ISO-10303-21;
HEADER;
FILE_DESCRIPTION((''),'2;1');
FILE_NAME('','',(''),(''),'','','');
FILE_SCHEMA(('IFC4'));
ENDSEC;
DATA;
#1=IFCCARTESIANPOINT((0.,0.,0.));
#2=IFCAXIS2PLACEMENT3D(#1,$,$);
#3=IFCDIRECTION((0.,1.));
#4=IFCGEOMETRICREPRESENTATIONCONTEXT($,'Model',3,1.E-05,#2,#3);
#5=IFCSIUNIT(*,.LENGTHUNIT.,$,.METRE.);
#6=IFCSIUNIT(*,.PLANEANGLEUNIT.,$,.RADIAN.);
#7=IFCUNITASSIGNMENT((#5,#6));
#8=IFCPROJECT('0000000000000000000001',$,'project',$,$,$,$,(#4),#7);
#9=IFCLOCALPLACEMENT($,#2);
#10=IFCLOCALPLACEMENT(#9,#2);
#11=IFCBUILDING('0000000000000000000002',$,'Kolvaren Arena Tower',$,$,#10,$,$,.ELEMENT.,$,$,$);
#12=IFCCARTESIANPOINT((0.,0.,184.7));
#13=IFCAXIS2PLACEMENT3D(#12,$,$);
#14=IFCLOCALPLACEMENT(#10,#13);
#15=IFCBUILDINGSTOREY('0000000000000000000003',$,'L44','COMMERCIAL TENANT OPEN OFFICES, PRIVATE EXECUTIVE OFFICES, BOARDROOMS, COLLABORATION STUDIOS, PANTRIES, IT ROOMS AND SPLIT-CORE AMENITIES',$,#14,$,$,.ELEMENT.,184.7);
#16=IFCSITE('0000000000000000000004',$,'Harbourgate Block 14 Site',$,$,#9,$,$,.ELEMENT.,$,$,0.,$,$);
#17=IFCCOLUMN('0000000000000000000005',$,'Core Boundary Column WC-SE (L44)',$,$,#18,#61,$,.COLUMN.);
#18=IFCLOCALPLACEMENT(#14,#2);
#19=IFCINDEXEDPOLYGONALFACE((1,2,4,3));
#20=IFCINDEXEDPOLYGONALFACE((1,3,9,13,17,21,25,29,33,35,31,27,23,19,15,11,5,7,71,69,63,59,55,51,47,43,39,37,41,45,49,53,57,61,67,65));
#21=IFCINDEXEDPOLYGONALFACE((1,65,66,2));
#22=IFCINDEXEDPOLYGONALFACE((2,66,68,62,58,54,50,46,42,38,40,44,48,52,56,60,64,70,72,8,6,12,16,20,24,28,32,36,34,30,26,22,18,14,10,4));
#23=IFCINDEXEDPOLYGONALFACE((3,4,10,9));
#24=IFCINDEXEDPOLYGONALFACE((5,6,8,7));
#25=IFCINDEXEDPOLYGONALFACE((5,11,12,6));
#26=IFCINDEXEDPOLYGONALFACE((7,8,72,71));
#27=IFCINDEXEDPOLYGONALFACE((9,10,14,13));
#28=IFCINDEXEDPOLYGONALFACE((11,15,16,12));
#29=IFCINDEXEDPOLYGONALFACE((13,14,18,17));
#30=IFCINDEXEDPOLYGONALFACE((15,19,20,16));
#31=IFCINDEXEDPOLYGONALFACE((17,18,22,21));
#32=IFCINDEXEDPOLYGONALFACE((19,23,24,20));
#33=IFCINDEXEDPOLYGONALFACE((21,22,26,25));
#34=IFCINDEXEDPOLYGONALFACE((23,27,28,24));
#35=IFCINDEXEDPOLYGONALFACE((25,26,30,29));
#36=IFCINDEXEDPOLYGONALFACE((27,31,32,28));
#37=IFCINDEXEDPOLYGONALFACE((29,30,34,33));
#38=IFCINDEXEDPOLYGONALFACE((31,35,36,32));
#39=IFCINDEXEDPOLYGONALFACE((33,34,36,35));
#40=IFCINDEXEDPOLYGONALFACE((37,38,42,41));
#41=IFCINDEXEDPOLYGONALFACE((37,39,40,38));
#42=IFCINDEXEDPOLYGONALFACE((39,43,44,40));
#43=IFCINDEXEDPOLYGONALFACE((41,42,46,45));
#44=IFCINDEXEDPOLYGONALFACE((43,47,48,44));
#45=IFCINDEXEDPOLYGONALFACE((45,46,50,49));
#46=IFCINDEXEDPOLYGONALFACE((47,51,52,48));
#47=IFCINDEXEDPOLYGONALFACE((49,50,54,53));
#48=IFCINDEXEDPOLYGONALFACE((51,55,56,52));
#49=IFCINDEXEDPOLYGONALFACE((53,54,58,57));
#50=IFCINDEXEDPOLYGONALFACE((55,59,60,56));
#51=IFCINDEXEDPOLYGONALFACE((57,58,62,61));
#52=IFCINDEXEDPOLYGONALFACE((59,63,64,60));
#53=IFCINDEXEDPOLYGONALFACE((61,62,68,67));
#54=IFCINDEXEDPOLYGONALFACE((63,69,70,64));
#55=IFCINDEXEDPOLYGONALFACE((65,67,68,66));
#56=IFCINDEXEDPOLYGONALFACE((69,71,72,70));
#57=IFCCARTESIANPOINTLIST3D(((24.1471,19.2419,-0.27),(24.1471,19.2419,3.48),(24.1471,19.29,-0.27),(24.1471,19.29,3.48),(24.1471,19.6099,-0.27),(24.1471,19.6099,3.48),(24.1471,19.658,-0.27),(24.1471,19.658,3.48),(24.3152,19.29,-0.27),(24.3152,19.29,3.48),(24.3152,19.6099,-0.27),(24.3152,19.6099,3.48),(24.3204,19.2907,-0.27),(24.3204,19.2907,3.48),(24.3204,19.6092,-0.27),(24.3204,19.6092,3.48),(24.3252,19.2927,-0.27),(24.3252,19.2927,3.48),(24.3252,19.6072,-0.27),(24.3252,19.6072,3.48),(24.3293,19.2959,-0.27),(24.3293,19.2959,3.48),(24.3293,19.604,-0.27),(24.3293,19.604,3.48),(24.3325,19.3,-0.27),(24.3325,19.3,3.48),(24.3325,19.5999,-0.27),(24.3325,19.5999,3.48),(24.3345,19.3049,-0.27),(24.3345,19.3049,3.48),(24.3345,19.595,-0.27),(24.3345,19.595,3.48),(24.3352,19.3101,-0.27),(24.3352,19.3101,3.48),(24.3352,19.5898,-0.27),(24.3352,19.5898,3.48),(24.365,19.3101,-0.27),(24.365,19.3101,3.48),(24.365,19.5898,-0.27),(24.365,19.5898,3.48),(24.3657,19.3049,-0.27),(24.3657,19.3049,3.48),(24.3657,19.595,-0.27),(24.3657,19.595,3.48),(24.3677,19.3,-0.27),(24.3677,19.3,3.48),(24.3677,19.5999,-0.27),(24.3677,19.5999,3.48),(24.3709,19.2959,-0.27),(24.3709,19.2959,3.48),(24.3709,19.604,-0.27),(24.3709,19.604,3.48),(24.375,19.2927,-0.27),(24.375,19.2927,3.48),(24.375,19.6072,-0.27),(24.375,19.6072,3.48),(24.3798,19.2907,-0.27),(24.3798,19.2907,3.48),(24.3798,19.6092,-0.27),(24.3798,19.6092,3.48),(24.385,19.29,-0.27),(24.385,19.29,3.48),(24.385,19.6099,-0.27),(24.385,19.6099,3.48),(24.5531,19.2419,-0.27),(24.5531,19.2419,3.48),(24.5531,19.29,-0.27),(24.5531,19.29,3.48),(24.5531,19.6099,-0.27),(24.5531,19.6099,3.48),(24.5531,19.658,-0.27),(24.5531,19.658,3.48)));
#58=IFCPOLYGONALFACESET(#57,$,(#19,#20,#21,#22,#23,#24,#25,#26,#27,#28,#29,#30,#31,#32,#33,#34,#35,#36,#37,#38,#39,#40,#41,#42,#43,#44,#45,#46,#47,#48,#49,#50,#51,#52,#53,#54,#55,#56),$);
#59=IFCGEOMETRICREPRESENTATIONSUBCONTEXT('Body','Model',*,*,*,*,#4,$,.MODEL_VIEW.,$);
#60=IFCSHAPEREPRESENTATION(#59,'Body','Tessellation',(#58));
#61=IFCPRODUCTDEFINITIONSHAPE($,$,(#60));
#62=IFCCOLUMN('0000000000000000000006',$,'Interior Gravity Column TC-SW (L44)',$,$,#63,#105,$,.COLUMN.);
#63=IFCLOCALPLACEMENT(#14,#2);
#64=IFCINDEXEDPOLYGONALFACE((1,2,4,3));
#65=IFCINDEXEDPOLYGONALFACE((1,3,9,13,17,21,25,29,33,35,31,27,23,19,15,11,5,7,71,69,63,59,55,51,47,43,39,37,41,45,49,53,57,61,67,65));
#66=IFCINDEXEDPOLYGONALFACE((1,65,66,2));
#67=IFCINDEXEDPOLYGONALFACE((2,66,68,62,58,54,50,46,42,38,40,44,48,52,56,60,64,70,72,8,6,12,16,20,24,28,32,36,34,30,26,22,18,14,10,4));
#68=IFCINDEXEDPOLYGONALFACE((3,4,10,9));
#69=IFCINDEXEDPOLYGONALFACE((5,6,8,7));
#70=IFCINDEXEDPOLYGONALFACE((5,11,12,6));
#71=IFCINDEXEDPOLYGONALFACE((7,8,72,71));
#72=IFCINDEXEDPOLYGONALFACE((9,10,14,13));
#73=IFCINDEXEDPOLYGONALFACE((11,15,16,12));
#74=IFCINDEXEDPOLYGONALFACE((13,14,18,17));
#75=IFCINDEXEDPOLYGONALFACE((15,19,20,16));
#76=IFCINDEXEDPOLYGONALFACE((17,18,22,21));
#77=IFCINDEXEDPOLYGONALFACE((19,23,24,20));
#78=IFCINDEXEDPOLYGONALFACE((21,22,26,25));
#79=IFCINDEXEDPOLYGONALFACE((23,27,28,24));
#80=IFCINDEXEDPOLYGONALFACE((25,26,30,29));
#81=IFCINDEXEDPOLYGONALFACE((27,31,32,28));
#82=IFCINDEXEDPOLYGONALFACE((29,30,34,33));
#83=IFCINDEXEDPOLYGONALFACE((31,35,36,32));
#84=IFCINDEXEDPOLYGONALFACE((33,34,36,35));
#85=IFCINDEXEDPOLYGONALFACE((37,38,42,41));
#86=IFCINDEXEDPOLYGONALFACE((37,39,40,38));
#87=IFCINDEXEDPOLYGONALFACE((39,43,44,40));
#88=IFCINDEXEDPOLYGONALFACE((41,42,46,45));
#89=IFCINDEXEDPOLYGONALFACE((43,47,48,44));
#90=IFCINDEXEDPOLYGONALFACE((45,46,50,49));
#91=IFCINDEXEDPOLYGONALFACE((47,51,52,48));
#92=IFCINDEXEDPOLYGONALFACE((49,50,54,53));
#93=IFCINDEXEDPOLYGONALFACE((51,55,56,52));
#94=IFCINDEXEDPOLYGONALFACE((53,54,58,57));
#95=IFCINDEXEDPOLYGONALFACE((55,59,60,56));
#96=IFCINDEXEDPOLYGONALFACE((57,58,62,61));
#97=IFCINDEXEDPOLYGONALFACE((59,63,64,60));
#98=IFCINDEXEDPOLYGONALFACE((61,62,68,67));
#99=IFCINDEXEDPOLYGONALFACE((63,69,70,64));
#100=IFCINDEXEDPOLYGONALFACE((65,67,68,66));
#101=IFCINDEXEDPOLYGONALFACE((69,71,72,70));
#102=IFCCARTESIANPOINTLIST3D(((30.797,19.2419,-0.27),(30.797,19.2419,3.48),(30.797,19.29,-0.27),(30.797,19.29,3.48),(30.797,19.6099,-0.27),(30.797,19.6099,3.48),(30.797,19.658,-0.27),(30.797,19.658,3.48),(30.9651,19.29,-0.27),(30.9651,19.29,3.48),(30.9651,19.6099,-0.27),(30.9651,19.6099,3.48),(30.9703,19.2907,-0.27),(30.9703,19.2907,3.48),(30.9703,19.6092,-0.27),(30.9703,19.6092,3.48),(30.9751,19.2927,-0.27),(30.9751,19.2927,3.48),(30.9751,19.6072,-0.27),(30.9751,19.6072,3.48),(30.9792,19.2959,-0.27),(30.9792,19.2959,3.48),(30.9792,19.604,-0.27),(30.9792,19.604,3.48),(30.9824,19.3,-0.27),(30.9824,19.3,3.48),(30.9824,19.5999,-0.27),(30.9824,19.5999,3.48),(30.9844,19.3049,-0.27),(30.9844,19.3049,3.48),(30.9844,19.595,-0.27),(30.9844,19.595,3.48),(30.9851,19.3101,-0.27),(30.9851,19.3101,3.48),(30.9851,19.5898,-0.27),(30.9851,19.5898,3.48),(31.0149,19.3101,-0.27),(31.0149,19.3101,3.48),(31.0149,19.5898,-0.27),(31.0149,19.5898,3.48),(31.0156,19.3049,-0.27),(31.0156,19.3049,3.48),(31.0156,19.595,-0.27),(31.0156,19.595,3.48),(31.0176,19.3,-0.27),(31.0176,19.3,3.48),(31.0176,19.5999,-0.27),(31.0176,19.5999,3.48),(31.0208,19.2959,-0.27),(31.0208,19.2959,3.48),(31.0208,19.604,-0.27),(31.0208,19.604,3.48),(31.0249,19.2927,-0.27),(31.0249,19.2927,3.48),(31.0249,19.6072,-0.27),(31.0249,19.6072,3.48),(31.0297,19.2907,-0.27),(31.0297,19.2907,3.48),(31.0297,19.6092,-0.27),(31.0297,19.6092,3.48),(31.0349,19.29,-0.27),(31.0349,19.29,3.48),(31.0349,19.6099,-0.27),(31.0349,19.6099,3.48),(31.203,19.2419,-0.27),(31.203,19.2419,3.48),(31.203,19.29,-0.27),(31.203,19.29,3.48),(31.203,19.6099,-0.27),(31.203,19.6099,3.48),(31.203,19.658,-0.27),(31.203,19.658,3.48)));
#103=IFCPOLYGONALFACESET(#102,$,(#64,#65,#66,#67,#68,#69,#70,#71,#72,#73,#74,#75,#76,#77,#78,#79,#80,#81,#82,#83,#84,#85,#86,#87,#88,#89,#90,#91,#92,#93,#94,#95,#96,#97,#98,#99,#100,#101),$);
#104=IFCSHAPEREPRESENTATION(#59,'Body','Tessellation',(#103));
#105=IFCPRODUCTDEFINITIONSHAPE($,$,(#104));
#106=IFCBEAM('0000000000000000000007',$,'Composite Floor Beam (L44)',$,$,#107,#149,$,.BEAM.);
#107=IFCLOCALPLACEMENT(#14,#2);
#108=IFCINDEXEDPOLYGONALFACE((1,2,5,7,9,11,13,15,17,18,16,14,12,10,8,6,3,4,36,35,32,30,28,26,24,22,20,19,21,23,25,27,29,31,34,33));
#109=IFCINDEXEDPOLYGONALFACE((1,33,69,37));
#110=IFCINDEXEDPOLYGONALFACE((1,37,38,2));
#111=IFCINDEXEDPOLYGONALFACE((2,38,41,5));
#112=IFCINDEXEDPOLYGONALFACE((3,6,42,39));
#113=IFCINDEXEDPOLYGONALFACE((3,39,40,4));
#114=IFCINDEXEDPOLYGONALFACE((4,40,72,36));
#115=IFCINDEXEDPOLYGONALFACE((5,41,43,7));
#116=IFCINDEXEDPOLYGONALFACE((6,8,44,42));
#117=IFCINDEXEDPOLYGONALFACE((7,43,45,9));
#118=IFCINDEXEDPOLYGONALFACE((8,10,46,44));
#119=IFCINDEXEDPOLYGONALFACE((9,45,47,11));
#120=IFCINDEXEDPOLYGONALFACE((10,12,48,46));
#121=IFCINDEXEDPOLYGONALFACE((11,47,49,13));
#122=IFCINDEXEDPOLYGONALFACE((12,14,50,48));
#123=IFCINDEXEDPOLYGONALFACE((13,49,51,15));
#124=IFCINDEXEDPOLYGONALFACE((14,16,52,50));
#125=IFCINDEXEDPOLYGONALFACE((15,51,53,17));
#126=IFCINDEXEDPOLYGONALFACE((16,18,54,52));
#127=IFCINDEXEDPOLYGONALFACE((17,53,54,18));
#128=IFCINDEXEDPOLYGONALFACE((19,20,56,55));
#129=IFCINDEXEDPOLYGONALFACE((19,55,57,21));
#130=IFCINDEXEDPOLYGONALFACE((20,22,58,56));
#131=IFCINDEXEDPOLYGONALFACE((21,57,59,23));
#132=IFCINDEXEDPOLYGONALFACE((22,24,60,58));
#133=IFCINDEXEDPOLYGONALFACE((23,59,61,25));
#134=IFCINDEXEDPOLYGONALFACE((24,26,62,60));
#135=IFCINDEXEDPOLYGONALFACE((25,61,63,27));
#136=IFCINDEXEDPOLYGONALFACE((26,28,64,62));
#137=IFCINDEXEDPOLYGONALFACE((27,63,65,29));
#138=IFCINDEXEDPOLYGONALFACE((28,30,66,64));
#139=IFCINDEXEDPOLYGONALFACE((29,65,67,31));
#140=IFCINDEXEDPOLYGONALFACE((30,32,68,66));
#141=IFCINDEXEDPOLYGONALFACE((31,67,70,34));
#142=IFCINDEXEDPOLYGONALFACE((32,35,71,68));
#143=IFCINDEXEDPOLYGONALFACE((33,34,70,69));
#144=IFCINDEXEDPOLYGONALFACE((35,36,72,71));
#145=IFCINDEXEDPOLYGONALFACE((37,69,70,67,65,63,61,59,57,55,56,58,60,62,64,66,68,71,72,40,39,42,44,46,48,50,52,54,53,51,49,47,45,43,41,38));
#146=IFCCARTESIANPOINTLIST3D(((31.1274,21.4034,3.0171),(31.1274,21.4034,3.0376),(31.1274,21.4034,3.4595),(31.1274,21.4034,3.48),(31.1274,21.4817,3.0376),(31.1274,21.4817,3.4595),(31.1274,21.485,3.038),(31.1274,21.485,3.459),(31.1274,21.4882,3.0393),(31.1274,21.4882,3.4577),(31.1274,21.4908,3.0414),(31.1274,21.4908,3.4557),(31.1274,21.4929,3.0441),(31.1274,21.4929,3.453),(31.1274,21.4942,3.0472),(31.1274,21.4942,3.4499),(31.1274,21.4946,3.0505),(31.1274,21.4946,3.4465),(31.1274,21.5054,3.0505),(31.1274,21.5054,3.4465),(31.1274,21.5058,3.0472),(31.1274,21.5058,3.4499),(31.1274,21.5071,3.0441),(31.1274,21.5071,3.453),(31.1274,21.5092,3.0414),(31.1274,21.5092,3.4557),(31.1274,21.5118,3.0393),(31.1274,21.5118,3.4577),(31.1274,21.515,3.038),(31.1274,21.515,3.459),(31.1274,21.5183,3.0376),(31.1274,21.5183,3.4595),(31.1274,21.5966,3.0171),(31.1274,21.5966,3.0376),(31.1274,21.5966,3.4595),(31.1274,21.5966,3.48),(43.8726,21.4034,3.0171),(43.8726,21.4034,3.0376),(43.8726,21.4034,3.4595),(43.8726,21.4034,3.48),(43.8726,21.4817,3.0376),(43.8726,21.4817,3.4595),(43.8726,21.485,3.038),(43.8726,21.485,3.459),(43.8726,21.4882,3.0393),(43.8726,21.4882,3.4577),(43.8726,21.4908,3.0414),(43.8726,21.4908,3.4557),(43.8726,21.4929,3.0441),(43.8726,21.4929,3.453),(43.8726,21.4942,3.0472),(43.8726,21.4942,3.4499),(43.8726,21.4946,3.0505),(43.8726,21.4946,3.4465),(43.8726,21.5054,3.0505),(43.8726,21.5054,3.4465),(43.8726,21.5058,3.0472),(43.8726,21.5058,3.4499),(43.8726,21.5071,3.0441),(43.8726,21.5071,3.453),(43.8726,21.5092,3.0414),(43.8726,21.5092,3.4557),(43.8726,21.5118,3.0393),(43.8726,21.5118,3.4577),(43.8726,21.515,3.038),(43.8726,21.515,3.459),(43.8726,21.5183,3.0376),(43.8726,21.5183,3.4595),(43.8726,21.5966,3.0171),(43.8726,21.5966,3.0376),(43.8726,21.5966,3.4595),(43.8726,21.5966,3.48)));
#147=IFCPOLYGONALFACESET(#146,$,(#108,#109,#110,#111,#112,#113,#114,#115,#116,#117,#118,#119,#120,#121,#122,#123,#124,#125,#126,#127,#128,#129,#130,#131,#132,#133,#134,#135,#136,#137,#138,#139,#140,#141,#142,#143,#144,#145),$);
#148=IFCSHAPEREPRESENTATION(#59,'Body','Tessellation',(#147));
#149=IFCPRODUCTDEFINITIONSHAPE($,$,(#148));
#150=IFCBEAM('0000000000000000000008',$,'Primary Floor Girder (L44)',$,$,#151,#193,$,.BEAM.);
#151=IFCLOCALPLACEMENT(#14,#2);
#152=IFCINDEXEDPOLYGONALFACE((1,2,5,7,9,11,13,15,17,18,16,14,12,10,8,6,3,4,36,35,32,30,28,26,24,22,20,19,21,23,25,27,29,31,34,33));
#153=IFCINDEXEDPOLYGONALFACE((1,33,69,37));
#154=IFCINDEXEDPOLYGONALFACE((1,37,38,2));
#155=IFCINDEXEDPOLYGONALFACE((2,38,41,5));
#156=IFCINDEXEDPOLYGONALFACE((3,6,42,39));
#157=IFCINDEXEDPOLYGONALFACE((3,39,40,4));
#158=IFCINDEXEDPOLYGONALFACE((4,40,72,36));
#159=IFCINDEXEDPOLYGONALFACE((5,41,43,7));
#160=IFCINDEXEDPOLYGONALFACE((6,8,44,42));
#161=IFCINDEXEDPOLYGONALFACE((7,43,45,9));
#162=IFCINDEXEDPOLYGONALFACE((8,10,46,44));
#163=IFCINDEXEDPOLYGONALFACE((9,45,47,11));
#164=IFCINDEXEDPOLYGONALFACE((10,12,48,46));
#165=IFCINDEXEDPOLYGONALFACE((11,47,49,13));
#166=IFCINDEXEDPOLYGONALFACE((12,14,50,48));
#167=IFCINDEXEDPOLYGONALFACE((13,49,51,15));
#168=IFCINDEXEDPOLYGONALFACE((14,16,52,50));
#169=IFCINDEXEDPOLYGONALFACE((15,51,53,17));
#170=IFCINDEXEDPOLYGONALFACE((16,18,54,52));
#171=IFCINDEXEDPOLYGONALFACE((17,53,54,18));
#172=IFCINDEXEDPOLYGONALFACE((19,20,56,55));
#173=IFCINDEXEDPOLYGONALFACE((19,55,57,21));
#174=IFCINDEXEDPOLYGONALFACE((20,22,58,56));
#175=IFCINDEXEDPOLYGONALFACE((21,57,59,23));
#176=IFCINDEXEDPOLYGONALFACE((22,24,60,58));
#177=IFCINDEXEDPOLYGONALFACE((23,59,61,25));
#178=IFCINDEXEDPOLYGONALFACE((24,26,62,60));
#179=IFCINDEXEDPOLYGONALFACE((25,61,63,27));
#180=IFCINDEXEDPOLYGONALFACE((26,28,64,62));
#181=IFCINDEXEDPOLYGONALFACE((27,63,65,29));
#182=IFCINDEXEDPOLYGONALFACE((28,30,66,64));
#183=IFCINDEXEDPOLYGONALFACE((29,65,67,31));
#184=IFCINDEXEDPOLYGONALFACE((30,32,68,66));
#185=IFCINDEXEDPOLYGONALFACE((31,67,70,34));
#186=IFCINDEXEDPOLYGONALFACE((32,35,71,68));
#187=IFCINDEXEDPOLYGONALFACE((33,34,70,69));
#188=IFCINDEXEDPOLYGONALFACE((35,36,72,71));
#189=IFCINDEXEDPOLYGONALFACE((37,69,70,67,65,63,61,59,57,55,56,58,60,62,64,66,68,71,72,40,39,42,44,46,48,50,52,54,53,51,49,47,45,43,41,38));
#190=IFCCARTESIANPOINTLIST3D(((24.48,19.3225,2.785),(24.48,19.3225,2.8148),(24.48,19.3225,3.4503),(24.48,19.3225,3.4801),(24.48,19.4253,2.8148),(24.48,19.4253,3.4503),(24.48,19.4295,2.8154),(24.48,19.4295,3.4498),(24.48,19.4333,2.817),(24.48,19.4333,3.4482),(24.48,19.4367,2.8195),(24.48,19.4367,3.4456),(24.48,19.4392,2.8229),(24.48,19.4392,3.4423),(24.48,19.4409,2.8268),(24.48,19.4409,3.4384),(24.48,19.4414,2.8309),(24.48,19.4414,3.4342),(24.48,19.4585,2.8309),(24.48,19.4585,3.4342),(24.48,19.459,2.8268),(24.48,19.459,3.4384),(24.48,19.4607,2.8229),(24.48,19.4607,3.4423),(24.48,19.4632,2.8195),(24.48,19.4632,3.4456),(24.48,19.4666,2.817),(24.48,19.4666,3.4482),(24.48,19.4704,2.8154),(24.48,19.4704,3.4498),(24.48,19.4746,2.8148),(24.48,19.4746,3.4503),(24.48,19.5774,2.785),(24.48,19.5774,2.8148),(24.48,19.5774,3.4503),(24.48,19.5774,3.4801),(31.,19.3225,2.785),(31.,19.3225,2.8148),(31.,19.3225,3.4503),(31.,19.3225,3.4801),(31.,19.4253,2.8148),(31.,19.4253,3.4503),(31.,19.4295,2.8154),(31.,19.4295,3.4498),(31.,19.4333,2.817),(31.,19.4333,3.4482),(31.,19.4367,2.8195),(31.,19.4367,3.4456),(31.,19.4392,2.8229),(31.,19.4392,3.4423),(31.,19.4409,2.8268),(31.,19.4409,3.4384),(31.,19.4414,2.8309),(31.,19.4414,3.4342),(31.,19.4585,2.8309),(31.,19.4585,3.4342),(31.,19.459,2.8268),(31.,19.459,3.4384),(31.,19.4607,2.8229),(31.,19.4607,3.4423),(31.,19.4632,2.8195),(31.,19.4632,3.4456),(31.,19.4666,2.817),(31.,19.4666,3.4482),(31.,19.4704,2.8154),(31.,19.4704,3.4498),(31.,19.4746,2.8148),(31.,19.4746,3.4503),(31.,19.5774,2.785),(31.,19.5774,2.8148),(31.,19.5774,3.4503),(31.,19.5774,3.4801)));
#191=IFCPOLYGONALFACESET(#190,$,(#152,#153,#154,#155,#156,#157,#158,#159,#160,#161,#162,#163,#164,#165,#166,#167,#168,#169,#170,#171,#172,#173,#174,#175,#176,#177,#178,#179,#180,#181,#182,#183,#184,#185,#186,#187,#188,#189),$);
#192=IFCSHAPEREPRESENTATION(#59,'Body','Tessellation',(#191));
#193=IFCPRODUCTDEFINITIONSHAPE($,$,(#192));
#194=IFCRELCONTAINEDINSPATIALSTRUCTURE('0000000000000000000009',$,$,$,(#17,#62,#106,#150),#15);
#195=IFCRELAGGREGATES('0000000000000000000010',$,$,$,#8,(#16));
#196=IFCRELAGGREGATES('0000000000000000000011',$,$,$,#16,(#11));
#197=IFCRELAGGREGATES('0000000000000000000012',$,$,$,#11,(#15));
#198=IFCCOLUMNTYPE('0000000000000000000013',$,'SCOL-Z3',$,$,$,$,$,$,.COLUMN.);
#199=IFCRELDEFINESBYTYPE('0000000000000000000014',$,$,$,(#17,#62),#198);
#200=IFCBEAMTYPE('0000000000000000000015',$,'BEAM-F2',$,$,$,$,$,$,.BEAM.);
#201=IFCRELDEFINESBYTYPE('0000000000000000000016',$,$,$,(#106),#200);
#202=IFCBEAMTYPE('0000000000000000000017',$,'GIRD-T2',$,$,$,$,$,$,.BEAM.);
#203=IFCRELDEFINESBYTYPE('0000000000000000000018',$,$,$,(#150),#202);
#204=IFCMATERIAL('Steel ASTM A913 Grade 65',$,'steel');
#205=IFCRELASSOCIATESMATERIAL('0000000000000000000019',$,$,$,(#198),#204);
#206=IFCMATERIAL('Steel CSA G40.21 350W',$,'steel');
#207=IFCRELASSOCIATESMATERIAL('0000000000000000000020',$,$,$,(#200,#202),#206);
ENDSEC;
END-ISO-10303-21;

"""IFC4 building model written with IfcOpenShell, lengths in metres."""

from ifc_helpers import new_model, si_unit, direction, frame, origin, origin_2d, place, context, subcontext, project, spatial, i_section, extrude, material, material_profile, profile_set, type_object, element, save


model = new_model("IFC4")

# Units and contexts
model_context = context("Model", 3, precision=1e-05, world=origin(), true_north=direction((0.0, 1.0)))
body_context = subcontext(model_context, "Body", "Model", "MODEL_VIEW")
ifc_project = project(units=[si_unit("LENGTHUNIT", "METRE"), si_unit("PLANEANGLEUNIT", "RADIAN")], contexts=[model_context])

# Site, building, storey
site_placement = place(None, origin())
site = spatial("IfcSite", under=ifc_project, at=site_placement, Name="Harbourgate Block 14 Site", CompositionType="ELEMENT", RefElevation=0.0)
building_placement = place(site_placement, origin())
building = spatial("IfcBuilding", under=site, at=building_placement, Name="Kolvaren Arena Tower", CompositionType="ELEMENT")
storey_placement = place(building_placement, frame((0.0, 0.0, 184.7)))
storey = spatial("IfcBuildingStorey", under=building, at=storey_placement, Name="L44", Description="COMMERCIAL TENANT OPEN OFFICES, PRIVATE EXECUTIVE OFFICES, BOARDROOMS, COLLABORATION STUDIOS, PANTRIES, IT ROOMS AND SPLIT-CORE AMENITIES", CompositionType="ELEMENT", Elevation=184.7)

# Columns
ifc_material_1 = material(Name="Steel ASTM A913 Grade 65", Category="steel")
ifc_material_profile_1 = material_profile(ifc_material_1, i_section(OverallWidth=0.406, OverallDepth=0.416, WebThickness=0.0298, FlangeThickness=0.0481, FilletRadius=0.02, at=origin_2d()), Name="W360x382")
ifc_profile_set_1 = profile_set([ifc_material_profile_1], Name="Steel ASTM A913 Grade 65")
column_type = type_object("IfcColumnType", Name="SCOL-Z3", PredefinedType="COLUMN", material=ifc_profile_set_1)
for number, where, z_axis, x_axis, name in (
    (1, (24.3501, 19.45, -0.27), (0.0, 0.0, 1.0), (1.0, 0.0, 0.0), "Core Boundary Column WC-SE (L44)"),
    (2, (31.0, 19.45, -0.27), (0.0, 0.0, 1.0), (1.0, 0.0, 0.0), "Interior Gravity Column TC-SW (L44)"),
):
    element("IfcColumn", number, at=place(storey_placement, frame(where, z_axis=z_axis, x_axis=x_axis)), inside=storey, type_object=column_type, Name=name, PredefinedType="COLUMN", context=body_context, shape_type="SweptSolid", body=[
        extrude(i_section(OverallWidth=0.406, OverallDepth=0.416, WebThickness=0.0298, FlangeThickness=0.0481, FilletRadius=0.02, at=origin_2d()), origin(), (0.0, 0.0, 1.0), 3.75),
    ])

# Beams
ifc_material_2 = material(Name="Steel CSA G40.21 350W", Category="steel")
ifc_material_profile_2 = material_profile(ifc_material_2, i_section(OverallWidth=0.1931, OverallDepth=0.4629, WebThickness=0.0107, FlangeThickness=0.0205, FilletRadius=0.0129, at=origin_2d()), Name="W460x113")
ifc_profile_set_2 = profile_set([ifc_material_profile_2], Name="Steel CSA G40.21 350W")
beam_type_1 = type_object("IfcBeamType", Name="BEAM-F2", PredefinedType="BEAM", material=ifc_profile_set_2)
beam_1_placement = place(storey_placement, frame((31.1274, 21.5, 3.2485), z_axis=(1.0, 0.0, 0.0), x_axis=(0.0, 1.0, 0.0)))
element("IfcBeam", 3, at=beam_1_placement, inside=storey, type_object=beam_type_1, Name="Composite Floor Beam (L44)", PredefinedType="BEAM", context=body_context, shape_type="SweptSolid", body=[
    extrude(i_section(OverallWidth=0.1931, OverallDepth=0.4629, WebThickness=0.0107, FlangeThickness=0.0205, FilletRadius=0.0129, at=origin_2d()), origin(), (0.0, 0.0, 1.0), 12.7451),
])
ifc_material_profile_3 = material_profile(ifc_material_2, i_section(OverallWidth=0.2549, OverallDepth=0.6951, WebThickness=0.0171, FlangeThickness=0.0298, FilletRadius=0.0161, at=origin_2d()), Name="W690x217")
ifc_profile_set_3 = profile_set([ifc_material_profile_3], Name="Steel CSA G40.21 350W")
beam_type_2 = type_object("IfcBeamType", Name="GIRD-T2", PredefinedType="BEAM", material=ifc_profile_set_3)
beam_2_placement = place(storey_placement, frame((24.48, 19.45, 3.1326), z_axis=(1.0, 0.0, 0.0), x_axis=(0.0, 1.0, 0.0)))
element("IfcBeam", 4, at=beam_2_placement, inside=storey, type_object=beam_type_2, Name="Primary Floor Girder (L44)", PredefinedType="BEAM", context=body_context, shape_type="SweptSolid", body=[
    extrude(i_section(OverallWidth=0.2549, OverallDepth=0.6951, WebThickness=0.0171, FlangeThickness=0.0298, FilletRadius=0.0161, at=origin_2d()), origin(), (0.0, 0.0, 1.0), 6.52),
])

save(model, "model.ifc")
